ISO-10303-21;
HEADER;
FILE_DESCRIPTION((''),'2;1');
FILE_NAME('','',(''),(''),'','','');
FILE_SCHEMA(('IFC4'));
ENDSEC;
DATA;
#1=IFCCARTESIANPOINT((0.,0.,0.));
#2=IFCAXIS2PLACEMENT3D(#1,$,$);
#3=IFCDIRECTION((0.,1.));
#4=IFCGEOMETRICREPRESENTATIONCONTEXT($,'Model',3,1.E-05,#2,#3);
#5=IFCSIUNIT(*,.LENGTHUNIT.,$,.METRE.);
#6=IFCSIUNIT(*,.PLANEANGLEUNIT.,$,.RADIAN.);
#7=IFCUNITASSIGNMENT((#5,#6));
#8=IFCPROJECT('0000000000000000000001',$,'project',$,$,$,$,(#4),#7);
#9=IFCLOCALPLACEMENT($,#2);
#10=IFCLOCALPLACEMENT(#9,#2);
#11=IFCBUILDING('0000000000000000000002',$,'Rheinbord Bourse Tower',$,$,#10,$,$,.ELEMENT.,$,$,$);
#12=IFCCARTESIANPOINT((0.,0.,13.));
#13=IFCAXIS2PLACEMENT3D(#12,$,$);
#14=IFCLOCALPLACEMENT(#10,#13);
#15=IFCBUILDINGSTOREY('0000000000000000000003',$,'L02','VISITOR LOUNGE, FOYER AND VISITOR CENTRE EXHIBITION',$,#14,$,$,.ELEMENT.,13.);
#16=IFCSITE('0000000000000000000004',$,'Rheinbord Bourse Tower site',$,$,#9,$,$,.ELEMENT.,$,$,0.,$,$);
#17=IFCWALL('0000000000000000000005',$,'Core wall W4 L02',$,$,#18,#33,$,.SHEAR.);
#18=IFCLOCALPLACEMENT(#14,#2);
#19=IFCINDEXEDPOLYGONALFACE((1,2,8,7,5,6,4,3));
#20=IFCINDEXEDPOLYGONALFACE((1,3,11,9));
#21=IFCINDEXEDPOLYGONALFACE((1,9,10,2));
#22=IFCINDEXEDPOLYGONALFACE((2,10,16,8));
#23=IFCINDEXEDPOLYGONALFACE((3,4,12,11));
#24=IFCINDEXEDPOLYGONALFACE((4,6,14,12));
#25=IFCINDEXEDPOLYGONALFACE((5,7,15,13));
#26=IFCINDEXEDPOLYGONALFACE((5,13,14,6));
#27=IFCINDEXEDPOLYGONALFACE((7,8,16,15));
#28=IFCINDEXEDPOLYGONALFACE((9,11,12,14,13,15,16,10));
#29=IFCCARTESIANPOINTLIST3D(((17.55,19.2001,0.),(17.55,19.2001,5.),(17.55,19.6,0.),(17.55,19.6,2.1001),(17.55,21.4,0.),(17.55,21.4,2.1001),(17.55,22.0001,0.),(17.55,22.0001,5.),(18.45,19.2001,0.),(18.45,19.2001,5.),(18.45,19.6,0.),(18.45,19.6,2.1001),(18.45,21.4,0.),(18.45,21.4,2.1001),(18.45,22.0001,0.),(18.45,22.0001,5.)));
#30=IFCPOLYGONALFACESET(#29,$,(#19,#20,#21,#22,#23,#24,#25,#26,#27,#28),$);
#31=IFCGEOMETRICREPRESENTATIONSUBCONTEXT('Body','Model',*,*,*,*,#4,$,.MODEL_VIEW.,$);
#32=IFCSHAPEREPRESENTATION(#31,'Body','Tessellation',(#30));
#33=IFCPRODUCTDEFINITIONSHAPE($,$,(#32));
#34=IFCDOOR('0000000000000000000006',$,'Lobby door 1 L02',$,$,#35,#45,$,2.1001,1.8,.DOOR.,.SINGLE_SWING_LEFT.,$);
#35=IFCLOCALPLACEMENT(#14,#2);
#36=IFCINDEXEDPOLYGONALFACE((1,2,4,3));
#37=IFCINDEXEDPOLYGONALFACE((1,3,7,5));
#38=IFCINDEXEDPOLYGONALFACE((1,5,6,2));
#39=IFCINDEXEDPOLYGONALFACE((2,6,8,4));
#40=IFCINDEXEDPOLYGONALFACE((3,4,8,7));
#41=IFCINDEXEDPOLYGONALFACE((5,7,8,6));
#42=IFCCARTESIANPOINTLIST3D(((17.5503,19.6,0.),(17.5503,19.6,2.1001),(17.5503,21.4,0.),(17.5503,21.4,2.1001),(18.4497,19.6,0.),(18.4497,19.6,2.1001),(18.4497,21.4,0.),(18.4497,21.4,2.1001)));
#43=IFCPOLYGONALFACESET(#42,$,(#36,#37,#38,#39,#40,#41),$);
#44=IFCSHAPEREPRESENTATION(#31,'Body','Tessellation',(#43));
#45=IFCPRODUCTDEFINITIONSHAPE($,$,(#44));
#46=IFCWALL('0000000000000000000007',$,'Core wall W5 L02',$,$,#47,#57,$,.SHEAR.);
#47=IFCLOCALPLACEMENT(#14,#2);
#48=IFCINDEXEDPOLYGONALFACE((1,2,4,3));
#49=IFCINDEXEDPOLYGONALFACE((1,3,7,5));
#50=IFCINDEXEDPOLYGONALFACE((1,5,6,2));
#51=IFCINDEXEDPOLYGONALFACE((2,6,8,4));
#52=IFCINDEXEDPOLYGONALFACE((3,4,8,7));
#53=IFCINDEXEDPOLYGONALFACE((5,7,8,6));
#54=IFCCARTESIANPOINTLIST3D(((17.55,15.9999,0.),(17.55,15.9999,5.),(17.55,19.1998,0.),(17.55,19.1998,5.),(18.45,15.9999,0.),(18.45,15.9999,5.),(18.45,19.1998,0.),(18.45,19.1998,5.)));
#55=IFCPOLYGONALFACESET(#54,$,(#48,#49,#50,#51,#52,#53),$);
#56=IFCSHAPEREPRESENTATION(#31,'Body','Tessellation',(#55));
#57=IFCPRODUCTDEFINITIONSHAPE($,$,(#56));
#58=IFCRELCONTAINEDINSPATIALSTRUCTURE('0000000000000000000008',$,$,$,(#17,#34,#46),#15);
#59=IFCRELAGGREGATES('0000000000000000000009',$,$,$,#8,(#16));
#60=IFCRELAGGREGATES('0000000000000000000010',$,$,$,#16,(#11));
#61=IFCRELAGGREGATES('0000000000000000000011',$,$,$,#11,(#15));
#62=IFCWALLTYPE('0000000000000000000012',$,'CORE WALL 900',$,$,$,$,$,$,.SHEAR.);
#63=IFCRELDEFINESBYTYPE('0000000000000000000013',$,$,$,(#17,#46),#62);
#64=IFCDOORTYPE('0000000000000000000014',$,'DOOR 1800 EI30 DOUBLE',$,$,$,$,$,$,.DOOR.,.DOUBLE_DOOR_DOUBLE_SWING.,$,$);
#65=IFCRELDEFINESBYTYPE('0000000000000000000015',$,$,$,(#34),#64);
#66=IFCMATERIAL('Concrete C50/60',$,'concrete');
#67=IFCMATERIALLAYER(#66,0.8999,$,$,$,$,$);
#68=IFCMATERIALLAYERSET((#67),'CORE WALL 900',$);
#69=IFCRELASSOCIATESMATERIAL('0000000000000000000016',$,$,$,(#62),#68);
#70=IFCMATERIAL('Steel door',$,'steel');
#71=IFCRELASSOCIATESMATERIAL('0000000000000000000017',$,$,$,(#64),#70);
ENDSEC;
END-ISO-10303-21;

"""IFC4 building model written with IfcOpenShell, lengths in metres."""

from ifc_helpers import new_model, si_unit, direction, frame, frame_2d, origin, place, context, subcontext, project, spatial, rectangle, extrude, material, layer, layer_set, type_object, element, fill, save


model = new_model("IFC4")

# Units and contexts
model_context = context("Model", 3, precision=1e-05, world=origin(), true_north=direction((0.0, 1.0)))
body_context = subcontext(model_context, "Body", "Model", "MODEL_VIEW")
ifc_project = project(units=[si_unit("LENGTHUNIT", "METRE"), si_unit("PLANEANGLEUNIT", "RADIAN")], contexts=[model_context])

# Site, building, storey
site_placement = place(None, origin())
site = spatial("IfcSite", under=ifc_project, at=site_placement, Name="Rheinbord Bourse Tower site", CompositionType="ELEMENT", RefElevation=0.0)
building_placement = place(site_placement, origin())
building = spatial("IfcBuilding", under=site, at=building_placement, Name="Rheinbord Bourse Tower", CompositionType="ELEMENT")
storey_placement = place(building_placement, frame((0.0, 0.0, 13.0)))
storey = spatial("IfcBuildingStorey", under=building, at=storey_placement, Name="L02", Description="VISITOR LOUNGE, FOYER AND VISITOR CENTRE EXHIBITION", CompositionType="ELEMENT", Elevation=13.0)

# Wall, opening, door
ifc_material_1 = material(Name="Concrete C50/60", Category="concrete")
ifc_layer_1 = layer(ifc_material_1, 0.8999)
ifc_layer_set_1 = layer_set([ifc_layer_1], Name="CORE WALL 900")
wall_type_1 = type_object("IfcWallType", Name="CORE WALL 900", PredefinedType="SHEAR", material=ifc_layer_set_1)
wall_1_placement = place(storey_placement, frame((18.0, 22.0, 0.0), z_axis=(0.0, 0.0, 1.0), x_axis=(0.0, -1.0, 0.0)))
wall_1 = element("IfcWall", 1, at=wall_1_placement, inside=storey, type_object=wall_type_1, Name="Core wall W4 L02", PredefinedType="SHEAR", context=body_context, shape_type="SweptSolid", body=[
    extrude(rectangle(XDim=2.8, YDim=0.8999, at=frame_2d((1.3999, 0.0))), origin(), (0.0, 0.0, 1.0), 5.0),
])
opening_1_placement = place(wall_1_placement, frame((0.6001, 0.0, 0.0)))
opening_1 = element("IfcOpeningElement", 2, at=opening_1_placement, cuts=wall_1, PredefinedType="OPENING", context=body_context, shape_type="SweptSolid", body=[
    extrude(rectangle(XDim=1.8, YDim=2.1001, at=frame_2d((0.8999, 1.05))), frame((0.0, 0.46, 0.0), z_axis=(0.0, -1.0, 0.0), x_axis=(1.0, 0.0, 0.0)), (0.0, 0.0, 1.0), 0.9199),
])
ifc_material_2 = material(Name="Steel door", Category="steel")
door_type_1 = type_object("IfcDoorType", Name="DOOR 1800 EI30 DOUBLE", OperationType="DOUBLE_DOOR_DOUBLE_SWING", PredefinedType="DOOR", material=ifc_material_2)
door_1_placement = place(opening_1_placement, origin())
door_1 = element("IfcDoor", 3, at=door_1_placement, inside=storey, type_object=door_type_1, Name="Lobby door 1 L02", OperationType="SINGLE_SWING_LEFT", OverallHeight=2.1001, OverallWidth=1.8, PredefinedType="DOOR", context=body_context, shape_type="SweptSolid", body=[
    extrude(rectangle(XDim=1.8, YDim=2.1001, at=frame_2d((0.8999, 1.05))), frame((0.0, 0.4497, 0.0), z_axis=(0.0, -1.0, 0.0), x_axis=(1.0, 0.0, 0.0)), (0.0, 0.0, 1.0), 0.8994),
])
fill(opening_1, door_1)

# Wall
wall_2_placement = place(storey_placement, frame((18.0, 19.2, 0.0), z_axis=(0.0, 0.0, 1.0), x_axis=(0.0, -1.0, 0.0)))
element("IfcWall", 4, at=wall_2_placement, inside=storey, type_object=wall_type_1, Name="Core wall W5 L02", PredefinedType="SHEAR", context=body_context, shape_type="SweptSolid", body=[
    extrude(rectangle(XDim=3.2, YDim=0.8999, at=frame_2d((1.6001, 0.0))), origin(), (0.0, 0.0, 1.0), 5.0),
])

save(model, "model.ifc")
